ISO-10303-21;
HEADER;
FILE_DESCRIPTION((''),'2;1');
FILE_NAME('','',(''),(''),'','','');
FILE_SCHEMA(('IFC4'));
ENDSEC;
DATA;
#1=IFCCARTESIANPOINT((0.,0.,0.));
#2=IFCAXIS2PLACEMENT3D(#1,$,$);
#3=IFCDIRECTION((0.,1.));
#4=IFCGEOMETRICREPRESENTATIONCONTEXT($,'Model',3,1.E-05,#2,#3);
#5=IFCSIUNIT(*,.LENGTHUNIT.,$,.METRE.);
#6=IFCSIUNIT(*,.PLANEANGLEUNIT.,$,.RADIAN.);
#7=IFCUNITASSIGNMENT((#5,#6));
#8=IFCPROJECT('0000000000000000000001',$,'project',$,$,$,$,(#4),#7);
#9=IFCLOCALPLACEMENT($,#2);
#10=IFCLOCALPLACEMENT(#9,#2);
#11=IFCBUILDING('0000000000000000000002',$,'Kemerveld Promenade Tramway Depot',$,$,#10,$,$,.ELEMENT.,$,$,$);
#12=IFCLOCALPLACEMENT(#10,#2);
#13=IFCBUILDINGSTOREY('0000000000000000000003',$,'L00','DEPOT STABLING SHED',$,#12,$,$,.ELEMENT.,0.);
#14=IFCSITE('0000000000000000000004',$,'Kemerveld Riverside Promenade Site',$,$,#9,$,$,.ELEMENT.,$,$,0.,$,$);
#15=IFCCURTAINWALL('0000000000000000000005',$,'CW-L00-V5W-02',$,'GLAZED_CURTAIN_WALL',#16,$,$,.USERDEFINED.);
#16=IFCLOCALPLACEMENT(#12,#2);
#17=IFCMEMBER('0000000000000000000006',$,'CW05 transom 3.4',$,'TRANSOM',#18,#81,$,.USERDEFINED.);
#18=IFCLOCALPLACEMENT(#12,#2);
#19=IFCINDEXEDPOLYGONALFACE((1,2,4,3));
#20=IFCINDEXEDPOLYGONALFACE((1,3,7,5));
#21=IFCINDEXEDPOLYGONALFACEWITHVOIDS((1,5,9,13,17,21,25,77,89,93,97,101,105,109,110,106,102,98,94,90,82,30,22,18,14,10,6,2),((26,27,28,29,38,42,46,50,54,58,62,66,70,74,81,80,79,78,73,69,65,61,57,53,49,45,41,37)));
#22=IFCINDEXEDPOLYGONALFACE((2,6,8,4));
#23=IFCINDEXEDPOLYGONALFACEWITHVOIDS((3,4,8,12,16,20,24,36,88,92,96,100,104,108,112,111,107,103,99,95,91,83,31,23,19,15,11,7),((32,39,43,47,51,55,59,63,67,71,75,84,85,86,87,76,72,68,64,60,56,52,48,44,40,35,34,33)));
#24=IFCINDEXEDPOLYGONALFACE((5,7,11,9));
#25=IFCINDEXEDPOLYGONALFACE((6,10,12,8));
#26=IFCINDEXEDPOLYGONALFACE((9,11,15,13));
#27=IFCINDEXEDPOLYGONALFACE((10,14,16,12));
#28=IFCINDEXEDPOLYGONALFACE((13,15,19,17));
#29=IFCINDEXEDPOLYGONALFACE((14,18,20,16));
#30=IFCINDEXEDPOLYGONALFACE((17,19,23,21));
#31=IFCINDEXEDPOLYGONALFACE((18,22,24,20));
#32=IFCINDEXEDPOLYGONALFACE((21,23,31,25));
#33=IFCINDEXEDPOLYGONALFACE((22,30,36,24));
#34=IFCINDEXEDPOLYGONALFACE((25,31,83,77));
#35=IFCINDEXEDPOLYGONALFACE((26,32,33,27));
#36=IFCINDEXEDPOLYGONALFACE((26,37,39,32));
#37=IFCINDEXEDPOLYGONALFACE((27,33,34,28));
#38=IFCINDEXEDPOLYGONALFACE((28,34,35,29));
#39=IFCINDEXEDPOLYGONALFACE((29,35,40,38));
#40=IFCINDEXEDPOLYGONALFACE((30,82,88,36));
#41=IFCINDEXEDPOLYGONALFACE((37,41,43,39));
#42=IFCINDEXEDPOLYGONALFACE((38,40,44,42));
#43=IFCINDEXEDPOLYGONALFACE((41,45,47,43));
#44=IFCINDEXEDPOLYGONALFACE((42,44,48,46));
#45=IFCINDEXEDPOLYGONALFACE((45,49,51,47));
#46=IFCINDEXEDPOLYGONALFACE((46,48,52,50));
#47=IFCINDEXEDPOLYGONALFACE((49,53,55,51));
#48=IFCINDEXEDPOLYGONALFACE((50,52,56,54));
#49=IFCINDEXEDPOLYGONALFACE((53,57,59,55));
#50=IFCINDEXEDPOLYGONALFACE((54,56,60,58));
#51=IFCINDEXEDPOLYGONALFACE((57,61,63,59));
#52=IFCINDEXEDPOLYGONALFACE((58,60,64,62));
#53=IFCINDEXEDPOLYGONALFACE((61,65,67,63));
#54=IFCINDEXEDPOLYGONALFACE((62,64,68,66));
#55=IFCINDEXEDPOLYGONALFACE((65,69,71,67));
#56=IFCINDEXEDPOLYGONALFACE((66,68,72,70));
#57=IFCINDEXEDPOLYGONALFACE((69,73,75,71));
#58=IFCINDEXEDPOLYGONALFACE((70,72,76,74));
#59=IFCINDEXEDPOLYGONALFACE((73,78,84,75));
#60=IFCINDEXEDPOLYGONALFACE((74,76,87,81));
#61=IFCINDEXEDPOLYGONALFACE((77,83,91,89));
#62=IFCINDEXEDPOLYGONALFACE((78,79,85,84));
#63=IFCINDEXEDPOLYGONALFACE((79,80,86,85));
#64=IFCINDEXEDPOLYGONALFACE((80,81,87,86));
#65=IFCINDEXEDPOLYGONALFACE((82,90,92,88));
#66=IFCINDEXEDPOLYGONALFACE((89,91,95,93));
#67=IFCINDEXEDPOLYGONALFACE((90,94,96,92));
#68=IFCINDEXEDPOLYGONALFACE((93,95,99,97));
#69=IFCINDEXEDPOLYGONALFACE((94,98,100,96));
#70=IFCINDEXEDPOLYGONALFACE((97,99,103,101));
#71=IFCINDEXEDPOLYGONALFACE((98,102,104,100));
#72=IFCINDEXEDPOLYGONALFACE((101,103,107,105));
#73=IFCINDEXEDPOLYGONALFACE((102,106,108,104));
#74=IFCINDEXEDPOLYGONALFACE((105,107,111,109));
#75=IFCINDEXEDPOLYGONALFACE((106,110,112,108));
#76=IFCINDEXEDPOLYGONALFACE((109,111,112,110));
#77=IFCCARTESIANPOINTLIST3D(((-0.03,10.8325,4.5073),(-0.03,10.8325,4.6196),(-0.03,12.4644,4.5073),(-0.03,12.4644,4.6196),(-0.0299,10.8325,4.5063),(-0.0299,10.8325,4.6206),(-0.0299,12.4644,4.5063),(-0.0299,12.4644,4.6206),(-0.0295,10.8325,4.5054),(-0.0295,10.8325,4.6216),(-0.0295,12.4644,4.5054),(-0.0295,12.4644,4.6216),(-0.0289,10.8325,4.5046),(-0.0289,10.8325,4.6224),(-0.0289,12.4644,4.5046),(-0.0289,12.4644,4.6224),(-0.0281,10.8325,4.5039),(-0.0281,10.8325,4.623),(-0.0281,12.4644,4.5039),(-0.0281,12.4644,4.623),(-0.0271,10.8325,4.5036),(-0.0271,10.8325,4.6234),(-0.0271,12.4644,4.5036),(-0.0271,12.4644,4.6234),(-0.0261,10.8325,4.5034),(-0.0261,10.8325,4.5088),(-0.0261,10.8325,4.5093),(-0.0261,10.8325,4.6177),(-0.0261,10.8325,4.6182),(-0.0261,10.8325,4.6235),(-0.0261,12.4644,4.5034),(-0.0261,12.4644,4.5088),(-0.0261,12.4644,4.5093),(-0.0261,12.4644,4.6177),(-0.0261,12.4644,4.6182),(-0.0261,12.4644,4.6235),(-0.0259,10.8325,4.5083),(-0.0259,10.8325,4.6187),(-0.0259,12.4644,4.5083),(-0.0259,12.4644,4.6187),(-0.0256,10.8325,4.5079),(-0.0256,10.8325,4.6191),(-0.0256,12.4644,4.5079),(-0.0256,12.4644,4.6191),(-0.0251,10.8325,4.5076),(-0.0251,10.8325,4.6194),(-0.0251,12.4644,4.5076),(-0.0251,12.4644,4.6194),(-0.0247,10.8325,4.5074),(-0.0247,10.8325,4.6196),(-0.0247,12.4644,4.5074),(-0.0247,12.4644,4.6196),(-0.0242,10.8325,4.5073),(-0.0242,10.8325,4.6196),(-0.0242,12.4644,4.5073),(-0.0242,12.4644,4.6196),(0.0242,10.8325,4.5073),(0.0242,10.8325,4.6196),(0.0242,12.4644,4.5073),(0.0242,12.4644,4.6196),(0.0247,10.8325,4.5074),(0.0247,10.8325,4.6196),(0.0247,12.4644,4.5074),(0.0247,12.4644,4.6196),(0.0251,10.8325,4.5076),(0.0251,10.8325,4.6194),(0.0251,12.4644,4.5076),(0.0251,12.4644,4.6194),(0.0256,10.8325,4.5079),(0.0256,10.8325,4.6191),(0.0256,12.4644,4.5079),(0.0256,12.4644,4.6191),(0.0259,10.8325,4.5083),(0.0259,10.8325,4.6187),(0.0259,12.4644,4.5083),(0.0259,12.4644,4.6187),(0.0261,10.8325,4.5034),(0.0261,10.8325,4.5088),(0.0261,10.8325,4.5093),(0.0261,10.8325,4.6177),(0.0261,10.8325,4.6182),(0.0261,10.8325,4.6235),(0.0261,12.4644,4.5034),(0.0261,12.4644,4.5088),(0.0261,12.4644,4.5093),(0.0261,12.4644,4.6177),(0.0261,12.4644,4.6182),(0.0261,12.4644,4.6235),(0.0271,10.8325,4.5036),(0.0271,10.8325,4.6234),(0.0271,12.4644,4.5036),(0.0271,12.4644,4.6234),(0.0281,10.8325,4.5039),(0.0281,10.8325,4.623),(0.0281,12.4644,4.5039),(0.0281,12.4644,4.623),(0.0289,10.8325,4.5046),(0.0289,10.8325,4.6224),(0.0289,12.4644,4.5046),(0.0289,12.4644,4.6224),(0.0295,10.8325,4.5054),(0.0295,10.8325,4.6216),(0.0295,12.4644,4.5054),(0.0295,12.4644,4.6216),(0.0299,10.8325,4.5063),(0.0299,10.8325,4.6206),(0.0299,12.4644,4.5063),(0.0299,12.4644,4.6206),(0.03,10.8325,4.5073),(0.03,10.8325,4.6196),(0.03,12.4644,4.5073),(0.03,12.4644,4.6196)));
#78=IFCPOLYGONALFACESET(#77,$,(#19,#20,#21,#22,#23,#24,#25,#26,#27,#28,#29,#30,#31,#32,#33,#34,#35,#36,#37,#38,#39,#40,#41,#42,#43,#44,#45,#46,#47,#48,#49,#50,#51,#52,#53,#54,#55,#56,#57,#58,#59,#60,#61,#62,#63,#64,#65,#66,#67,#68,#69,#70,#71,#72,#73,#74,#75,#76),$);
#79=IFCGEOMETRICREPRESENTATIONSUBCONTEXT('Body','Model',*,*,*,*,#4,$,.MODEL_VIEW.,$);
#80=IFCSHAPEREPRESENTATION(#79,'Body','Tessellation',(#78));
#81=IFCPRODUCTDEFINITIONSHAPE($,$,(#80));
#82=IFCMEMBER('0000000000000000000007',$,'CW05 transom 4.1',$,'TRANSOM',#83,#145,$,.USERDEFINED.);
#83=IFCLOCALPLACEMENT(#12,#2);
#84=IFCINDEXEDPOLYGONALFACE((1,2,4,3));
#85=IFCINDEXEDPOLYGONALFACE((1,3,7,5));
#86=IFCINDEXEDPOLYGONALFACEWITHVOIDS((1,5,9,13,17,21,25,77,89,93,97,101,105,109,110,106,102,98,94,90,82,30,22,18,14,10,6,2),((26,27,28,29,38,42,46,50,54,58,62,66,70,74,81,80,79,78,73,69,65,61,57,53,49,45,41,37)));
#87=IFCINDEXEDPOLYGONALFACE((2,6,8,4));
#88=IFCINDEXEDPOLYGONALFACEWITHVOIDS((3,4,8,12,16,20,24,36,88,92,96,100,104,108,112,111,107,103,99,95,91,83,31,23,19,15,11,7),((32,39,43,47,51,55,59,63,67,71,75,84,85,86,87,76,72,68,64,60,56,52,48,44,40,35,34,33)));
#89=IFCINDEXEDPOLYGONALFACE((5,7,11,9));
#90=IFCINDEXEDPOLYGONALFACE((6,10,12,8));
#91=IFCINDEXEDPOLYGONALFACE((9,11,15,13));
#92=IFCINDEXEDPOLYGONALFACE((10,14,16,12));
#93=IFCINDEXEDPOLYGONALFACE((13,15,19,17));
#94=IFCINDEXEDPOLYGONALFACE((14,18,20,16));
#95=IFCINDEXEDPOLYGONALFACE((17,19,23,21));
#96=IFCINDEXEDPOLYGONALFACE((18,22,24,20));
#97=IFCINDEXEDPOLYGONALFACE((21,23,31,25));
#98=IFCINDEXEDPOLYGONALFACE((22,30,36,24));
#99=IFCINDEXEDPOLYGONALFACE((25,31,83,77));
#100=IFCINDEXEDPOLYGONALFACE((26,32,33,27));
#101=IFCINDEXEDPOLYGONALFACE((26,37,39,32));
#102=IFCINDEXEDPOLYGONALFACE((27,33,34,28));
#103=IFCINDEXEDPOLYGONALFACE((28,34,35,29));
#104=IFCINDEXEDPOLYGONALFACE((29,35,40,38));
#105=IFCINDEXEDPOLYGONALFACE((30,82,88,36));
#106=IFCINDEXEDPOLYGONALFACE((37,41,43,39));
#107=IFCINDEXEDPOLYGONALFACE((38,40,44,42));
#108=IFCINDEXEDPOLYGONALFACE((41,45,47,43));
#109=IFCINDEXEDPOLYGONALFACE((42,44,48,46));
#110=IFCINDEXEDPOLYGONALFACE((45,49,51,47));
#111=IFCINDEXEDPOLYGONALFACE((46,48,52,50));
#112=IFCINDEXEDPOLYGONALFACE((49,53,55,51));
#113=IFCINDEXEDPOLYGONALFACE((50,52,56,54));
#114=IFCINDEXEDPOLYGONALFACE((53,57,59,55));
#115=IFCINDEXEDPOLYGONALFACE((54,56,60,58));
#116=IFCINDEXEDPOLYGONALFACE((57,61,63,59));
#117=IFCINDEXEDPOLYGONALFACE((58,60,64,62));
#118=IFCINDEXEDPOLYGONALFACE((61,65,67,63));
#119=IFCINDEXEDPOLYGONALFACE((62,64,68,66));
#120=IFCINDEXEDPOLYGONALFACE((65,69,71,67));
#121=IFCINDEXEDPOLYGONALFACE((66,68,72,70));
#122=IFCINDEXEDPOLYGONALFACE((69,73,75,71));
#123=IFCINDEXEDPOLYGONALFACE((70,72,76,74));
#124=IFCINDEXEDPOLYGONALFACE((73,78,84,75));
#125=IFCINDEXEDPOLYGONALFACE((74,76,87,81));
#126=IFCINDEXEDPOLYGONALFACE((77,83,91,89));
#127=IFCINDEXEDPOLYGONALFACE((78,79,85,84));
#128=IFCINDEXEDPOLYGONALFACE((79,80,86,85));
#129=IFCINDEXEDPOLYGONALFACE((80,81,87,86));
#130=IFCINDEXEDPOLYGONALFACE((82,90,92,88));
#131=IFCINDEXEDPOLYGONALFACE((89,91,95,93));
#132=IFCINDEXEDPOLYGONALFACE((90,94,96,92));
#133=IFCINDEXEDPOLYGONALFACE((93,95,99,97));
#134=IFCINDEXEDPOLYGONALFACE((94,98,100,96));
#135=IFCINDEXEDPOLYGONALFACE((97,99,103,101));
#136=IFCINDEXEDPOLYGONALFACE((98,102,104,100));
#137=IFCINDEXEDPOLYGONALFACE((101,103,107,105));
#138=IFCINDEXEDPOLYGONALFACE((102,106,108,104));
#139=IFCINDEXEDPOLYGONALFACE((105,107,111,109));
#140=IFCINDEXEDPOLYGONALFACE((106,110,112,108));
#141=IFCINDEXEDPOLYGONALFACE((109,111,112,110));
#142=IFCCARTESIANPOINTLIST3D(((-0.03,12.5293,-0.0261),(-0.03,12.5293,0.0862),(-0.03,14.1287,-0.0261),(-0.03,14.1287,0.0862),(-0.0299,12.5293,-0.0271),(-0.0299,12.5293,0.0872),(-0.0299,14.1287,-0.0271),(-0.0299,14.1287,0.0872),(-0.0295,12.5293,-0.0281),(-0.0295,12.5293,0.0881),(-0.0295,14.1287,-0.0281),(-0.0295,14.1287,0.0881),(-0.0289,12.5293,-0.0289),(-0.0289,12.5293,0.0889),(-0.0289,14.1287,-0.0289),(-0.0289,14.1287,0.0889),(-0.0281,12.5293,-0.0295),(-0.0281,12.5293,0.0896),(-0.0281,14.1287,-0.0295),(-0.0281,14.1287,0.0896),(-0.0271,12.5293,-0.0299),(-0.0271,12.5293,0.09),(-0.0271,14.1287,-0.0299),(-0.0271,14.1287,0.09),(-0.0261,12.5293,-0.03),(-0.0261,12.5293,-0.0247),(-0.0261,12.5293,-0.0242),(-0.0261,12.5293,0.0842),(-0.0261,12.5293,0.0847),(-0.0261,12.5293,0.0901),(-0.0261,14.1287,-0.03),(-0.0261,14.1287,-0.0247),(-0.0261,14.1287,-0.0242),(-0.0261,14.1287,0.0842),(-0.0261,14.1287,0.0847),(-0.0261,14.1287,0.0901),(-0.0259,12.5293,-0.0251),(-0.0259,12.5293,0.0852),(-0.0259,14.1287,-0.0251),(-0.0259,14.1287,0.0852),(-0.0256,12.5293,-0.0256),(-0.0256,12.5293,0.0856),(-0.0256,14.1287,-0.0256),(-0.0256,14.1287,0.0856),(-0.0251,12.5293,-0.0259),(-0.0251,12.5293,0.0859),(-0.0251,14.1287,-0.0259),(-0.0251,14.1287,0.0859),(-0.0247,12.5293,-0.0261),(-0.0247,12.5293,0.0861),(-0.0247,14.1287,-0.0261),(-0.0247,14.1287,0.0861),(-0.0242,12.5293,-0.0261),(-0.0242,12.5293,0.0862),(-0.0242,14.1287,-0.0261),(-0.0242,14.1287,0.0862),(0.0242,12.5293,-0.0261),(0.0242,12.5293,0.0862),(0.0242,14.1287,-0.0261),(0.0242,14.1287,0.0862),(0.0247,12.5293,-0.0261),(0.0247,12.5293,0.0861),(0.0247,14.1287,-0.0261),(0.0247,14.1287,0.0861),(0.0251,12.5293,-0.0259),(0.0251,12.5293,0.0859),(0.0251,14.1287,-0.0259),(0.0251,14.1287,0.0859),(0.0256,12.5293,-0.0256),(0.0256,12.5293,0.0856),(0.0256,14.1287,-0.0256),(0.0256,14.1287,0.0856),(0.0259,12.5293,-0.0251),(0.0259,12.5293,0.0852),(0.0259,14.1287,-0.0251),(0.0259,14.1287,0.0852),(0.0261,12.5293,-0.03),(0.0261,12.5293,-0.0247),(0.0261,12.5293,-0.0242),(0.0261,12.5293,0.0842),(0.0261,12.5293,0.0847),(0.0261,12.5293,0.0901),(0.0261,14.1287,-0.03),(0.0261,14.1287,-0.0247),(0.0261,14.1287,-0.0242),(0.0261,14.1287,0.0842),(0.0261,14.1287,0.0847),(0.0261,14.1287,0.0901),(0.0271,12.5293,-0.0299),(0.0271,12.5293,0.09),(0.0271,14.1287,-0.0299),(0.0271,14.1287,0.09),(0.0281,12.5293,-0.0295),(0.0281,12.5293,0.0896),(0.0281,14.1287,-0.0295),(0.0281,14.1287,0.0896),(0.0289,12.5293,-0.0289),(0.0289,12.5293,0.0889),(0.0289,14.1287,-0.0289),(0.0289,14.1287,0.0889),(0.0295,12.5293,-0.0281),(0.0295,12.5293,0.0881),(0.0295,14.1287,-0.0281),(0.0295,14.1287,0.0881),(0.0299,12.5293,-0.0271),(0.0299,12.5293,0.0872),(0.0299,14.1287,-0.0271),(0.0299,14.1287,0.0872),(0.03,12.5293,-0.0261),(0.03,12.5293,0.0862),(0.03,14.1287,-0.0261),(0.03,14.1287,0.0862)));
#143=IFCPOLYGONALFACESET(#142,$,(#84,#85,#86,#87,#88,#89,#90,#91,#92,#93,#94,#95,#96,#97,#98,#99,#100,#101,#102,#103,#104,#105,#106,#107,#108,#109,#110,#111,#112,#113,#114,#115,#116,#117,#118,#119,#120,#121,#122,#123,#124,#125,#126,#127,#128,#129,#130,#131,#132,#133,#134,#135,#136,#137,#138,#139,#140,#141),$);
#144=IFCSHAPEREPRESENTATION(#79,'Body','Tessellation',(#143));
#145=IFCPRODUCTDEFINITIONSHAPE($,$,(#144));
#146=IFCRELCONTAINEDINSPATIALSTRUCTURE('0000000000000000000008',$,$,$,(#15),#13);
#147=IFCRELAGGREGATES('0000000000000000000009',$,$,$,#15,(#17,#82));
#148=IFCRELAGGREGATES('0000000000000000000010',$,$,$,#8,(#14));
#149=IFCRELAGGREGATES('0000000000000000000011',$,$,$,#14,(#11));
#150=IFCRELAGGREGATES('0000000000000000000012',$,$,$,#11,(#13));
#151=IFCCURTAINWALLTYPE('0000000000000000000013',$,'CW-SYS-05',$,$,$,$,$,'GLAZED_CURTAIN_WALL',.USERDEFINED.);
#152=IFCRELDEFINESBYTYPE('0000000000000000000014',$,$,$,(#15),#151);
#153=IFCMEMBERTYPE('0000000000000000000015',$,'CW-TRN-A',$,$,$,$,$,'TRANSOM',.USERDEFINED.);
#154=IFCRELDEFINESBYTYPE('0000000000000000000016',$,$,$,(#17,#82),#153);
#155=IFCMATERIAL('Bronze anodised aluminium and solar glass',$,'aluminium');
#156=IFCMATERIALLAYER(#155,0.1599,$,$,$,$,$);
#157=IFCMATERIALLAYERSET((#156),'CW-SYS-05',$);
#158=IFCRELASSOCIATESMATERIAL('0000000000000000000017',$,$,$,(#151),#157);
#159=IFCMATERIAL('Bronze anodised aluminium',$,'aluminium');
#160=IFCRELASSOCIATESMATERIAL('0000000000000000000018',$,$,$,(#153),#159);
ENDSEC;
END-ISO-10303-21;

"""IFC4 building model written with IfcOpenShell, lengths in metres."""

from ifc_helpers import new_model, si_unit, direction, frame, origin, origin_2d, place, context, subcontext, project, spatial, hollow_rectangle, extrude, material, layer, layer_set, material_profile, profile_set, type_object, element, aggregate, save


model = new_model("IFC4")

# Units and contexts
model_context = context("Model", 3, precision=1e-05, world=origin(), true_north=direction((0.0, 1.0)))
body_context = subcontext(model_context, "Body", "Model", "MODEL_VIEW")
ifc_project = project(units=[si_unit("LENGTHUNIT", "METRE"), si_unit("PLANEANGLEUNIT", "RADIAN")], contexts=[model_context])

# Site, building, storey
site_placement = place(None, origin())
site = spatial("IfcSite", under=ifc_project, at=site_placement, Name="Kemerveld Riverside Promenade Site", CompositionType="ELEMENT", RefElevation=0.0)
building_placement = place(site_placement, origin())
building = spatial("IfcBuilding", under=site, at=building_placement, Name="Kemerveld Promenade Tramway Depot", CompositionType="ELEMENT")
storey_placement = place(building_placement, origin())
storey = spatial("IfcBuildingStorey", under=building, at=storey_placement, Name="L00", Description="DEPOT STABLING SHED", CompositionType="ELEMENT", Elevation=0.0)

# Curtain wall, members
ifc_material_1 = material(Name="Bronze anodised aluminium and solar glass", Category="aluminium")
ifc_layer_1 = layer(ifc_material_1, 0.1599)
ifc_layer_set_1 = layer_set([ifc_layer_1], Name="CW-SYS-05")
curtain_wall_type = type_object("IfcCurtainWallType", Name="CW-SYS-05", ElementType="GLAZED_CURTAIN_WALL", PredefinedType="USERDEFINED", material=ifc_layer_set_1)
curtain_wall_placement = place(storey_placement, origin())
curtain_wall = element("IfcCurtainWall", 1, at=curtain_wall_placement, inside=storey, type_object=curtain_wall_type, Name="CW-L00-V5W-02", ObjectType="GLAZED_CURTAIN_WALL", PredefinedType="USERDEFINED")
ifc_material_2 = material(Name="Bronze anodised aluminium", Category="aluminium")
ifc_material_profile_1 = material_profile(ifc_material_2, hollow_rectangle(XDim=0.0601, YDim=0.1201, WallThickness=0.0039, InnerFilletRadius=0.002, OuterFilletRadius=0.0039, at=origin_2d()), Name="CW-TRN-120x60")
ifc_profile_set_1 = profile_set([ifc_material_profile_1], Name="Bronze anodised aluminium")
member_type_1 = type_object("IfcMemberType", Name="CW-TRN-A", ElementType="TRANSOM", PredefinedType="USERDEFINED", material=ifc_profile_set_1)
member_1_placement = place(storey_placement, frame((0.0, 10.8325, 4.5635), z_axis=(0.0, 1.0, 0.0), x_axis=(-1.0, 0.0, 0.0)))
member_1 = element("IfcMember", 2, at=member_1_placement, type_object=member_type_1, Name="CW05 transom 3.4", ObjectType="TRANSOM", PredefinedType="USERDEFINED", context=body_context, shape_type="SweptSolid", body=[
    extrude(hollow_rectangle(XDim=0.0601, YDim=0.1201, WallThickness=0.0039, InnerFilletRadius=0.002, OuterFilletRadius=0.0039, at=origin_2d()), origin(), (0.0, 0.0, 1.0), 1.6318),
])
member_2_placement = place(storey_placement, frame((0.0, 12.5293, 0.03), z_axis=(0.0, 1.0, 0.0), x_axis=(-1.0, 0.0, 0.0)))
member_2 = element("IfcMember", 3, at=member_2_placement, type_object=member_type_1, Name="CW05 transom 4.1", ObjectType="TRANSOM", PredefinedType="USERDEFINED", context=body_context, shape_type="SweptSolid", body=[
    extrude(hollow_rectangle(XDim=0.0601, YDim=0.1201, WallThickness=0.0039, InnerFilletRadius=0.002, OuterFilletRadius=0.0039, at=origin_2d()), origin(), (0.0, 0.0, 1.0), 1.5994),
])
aggregate(curtain_wall, [member_1, member_2])

save(model, "model.ifc")
